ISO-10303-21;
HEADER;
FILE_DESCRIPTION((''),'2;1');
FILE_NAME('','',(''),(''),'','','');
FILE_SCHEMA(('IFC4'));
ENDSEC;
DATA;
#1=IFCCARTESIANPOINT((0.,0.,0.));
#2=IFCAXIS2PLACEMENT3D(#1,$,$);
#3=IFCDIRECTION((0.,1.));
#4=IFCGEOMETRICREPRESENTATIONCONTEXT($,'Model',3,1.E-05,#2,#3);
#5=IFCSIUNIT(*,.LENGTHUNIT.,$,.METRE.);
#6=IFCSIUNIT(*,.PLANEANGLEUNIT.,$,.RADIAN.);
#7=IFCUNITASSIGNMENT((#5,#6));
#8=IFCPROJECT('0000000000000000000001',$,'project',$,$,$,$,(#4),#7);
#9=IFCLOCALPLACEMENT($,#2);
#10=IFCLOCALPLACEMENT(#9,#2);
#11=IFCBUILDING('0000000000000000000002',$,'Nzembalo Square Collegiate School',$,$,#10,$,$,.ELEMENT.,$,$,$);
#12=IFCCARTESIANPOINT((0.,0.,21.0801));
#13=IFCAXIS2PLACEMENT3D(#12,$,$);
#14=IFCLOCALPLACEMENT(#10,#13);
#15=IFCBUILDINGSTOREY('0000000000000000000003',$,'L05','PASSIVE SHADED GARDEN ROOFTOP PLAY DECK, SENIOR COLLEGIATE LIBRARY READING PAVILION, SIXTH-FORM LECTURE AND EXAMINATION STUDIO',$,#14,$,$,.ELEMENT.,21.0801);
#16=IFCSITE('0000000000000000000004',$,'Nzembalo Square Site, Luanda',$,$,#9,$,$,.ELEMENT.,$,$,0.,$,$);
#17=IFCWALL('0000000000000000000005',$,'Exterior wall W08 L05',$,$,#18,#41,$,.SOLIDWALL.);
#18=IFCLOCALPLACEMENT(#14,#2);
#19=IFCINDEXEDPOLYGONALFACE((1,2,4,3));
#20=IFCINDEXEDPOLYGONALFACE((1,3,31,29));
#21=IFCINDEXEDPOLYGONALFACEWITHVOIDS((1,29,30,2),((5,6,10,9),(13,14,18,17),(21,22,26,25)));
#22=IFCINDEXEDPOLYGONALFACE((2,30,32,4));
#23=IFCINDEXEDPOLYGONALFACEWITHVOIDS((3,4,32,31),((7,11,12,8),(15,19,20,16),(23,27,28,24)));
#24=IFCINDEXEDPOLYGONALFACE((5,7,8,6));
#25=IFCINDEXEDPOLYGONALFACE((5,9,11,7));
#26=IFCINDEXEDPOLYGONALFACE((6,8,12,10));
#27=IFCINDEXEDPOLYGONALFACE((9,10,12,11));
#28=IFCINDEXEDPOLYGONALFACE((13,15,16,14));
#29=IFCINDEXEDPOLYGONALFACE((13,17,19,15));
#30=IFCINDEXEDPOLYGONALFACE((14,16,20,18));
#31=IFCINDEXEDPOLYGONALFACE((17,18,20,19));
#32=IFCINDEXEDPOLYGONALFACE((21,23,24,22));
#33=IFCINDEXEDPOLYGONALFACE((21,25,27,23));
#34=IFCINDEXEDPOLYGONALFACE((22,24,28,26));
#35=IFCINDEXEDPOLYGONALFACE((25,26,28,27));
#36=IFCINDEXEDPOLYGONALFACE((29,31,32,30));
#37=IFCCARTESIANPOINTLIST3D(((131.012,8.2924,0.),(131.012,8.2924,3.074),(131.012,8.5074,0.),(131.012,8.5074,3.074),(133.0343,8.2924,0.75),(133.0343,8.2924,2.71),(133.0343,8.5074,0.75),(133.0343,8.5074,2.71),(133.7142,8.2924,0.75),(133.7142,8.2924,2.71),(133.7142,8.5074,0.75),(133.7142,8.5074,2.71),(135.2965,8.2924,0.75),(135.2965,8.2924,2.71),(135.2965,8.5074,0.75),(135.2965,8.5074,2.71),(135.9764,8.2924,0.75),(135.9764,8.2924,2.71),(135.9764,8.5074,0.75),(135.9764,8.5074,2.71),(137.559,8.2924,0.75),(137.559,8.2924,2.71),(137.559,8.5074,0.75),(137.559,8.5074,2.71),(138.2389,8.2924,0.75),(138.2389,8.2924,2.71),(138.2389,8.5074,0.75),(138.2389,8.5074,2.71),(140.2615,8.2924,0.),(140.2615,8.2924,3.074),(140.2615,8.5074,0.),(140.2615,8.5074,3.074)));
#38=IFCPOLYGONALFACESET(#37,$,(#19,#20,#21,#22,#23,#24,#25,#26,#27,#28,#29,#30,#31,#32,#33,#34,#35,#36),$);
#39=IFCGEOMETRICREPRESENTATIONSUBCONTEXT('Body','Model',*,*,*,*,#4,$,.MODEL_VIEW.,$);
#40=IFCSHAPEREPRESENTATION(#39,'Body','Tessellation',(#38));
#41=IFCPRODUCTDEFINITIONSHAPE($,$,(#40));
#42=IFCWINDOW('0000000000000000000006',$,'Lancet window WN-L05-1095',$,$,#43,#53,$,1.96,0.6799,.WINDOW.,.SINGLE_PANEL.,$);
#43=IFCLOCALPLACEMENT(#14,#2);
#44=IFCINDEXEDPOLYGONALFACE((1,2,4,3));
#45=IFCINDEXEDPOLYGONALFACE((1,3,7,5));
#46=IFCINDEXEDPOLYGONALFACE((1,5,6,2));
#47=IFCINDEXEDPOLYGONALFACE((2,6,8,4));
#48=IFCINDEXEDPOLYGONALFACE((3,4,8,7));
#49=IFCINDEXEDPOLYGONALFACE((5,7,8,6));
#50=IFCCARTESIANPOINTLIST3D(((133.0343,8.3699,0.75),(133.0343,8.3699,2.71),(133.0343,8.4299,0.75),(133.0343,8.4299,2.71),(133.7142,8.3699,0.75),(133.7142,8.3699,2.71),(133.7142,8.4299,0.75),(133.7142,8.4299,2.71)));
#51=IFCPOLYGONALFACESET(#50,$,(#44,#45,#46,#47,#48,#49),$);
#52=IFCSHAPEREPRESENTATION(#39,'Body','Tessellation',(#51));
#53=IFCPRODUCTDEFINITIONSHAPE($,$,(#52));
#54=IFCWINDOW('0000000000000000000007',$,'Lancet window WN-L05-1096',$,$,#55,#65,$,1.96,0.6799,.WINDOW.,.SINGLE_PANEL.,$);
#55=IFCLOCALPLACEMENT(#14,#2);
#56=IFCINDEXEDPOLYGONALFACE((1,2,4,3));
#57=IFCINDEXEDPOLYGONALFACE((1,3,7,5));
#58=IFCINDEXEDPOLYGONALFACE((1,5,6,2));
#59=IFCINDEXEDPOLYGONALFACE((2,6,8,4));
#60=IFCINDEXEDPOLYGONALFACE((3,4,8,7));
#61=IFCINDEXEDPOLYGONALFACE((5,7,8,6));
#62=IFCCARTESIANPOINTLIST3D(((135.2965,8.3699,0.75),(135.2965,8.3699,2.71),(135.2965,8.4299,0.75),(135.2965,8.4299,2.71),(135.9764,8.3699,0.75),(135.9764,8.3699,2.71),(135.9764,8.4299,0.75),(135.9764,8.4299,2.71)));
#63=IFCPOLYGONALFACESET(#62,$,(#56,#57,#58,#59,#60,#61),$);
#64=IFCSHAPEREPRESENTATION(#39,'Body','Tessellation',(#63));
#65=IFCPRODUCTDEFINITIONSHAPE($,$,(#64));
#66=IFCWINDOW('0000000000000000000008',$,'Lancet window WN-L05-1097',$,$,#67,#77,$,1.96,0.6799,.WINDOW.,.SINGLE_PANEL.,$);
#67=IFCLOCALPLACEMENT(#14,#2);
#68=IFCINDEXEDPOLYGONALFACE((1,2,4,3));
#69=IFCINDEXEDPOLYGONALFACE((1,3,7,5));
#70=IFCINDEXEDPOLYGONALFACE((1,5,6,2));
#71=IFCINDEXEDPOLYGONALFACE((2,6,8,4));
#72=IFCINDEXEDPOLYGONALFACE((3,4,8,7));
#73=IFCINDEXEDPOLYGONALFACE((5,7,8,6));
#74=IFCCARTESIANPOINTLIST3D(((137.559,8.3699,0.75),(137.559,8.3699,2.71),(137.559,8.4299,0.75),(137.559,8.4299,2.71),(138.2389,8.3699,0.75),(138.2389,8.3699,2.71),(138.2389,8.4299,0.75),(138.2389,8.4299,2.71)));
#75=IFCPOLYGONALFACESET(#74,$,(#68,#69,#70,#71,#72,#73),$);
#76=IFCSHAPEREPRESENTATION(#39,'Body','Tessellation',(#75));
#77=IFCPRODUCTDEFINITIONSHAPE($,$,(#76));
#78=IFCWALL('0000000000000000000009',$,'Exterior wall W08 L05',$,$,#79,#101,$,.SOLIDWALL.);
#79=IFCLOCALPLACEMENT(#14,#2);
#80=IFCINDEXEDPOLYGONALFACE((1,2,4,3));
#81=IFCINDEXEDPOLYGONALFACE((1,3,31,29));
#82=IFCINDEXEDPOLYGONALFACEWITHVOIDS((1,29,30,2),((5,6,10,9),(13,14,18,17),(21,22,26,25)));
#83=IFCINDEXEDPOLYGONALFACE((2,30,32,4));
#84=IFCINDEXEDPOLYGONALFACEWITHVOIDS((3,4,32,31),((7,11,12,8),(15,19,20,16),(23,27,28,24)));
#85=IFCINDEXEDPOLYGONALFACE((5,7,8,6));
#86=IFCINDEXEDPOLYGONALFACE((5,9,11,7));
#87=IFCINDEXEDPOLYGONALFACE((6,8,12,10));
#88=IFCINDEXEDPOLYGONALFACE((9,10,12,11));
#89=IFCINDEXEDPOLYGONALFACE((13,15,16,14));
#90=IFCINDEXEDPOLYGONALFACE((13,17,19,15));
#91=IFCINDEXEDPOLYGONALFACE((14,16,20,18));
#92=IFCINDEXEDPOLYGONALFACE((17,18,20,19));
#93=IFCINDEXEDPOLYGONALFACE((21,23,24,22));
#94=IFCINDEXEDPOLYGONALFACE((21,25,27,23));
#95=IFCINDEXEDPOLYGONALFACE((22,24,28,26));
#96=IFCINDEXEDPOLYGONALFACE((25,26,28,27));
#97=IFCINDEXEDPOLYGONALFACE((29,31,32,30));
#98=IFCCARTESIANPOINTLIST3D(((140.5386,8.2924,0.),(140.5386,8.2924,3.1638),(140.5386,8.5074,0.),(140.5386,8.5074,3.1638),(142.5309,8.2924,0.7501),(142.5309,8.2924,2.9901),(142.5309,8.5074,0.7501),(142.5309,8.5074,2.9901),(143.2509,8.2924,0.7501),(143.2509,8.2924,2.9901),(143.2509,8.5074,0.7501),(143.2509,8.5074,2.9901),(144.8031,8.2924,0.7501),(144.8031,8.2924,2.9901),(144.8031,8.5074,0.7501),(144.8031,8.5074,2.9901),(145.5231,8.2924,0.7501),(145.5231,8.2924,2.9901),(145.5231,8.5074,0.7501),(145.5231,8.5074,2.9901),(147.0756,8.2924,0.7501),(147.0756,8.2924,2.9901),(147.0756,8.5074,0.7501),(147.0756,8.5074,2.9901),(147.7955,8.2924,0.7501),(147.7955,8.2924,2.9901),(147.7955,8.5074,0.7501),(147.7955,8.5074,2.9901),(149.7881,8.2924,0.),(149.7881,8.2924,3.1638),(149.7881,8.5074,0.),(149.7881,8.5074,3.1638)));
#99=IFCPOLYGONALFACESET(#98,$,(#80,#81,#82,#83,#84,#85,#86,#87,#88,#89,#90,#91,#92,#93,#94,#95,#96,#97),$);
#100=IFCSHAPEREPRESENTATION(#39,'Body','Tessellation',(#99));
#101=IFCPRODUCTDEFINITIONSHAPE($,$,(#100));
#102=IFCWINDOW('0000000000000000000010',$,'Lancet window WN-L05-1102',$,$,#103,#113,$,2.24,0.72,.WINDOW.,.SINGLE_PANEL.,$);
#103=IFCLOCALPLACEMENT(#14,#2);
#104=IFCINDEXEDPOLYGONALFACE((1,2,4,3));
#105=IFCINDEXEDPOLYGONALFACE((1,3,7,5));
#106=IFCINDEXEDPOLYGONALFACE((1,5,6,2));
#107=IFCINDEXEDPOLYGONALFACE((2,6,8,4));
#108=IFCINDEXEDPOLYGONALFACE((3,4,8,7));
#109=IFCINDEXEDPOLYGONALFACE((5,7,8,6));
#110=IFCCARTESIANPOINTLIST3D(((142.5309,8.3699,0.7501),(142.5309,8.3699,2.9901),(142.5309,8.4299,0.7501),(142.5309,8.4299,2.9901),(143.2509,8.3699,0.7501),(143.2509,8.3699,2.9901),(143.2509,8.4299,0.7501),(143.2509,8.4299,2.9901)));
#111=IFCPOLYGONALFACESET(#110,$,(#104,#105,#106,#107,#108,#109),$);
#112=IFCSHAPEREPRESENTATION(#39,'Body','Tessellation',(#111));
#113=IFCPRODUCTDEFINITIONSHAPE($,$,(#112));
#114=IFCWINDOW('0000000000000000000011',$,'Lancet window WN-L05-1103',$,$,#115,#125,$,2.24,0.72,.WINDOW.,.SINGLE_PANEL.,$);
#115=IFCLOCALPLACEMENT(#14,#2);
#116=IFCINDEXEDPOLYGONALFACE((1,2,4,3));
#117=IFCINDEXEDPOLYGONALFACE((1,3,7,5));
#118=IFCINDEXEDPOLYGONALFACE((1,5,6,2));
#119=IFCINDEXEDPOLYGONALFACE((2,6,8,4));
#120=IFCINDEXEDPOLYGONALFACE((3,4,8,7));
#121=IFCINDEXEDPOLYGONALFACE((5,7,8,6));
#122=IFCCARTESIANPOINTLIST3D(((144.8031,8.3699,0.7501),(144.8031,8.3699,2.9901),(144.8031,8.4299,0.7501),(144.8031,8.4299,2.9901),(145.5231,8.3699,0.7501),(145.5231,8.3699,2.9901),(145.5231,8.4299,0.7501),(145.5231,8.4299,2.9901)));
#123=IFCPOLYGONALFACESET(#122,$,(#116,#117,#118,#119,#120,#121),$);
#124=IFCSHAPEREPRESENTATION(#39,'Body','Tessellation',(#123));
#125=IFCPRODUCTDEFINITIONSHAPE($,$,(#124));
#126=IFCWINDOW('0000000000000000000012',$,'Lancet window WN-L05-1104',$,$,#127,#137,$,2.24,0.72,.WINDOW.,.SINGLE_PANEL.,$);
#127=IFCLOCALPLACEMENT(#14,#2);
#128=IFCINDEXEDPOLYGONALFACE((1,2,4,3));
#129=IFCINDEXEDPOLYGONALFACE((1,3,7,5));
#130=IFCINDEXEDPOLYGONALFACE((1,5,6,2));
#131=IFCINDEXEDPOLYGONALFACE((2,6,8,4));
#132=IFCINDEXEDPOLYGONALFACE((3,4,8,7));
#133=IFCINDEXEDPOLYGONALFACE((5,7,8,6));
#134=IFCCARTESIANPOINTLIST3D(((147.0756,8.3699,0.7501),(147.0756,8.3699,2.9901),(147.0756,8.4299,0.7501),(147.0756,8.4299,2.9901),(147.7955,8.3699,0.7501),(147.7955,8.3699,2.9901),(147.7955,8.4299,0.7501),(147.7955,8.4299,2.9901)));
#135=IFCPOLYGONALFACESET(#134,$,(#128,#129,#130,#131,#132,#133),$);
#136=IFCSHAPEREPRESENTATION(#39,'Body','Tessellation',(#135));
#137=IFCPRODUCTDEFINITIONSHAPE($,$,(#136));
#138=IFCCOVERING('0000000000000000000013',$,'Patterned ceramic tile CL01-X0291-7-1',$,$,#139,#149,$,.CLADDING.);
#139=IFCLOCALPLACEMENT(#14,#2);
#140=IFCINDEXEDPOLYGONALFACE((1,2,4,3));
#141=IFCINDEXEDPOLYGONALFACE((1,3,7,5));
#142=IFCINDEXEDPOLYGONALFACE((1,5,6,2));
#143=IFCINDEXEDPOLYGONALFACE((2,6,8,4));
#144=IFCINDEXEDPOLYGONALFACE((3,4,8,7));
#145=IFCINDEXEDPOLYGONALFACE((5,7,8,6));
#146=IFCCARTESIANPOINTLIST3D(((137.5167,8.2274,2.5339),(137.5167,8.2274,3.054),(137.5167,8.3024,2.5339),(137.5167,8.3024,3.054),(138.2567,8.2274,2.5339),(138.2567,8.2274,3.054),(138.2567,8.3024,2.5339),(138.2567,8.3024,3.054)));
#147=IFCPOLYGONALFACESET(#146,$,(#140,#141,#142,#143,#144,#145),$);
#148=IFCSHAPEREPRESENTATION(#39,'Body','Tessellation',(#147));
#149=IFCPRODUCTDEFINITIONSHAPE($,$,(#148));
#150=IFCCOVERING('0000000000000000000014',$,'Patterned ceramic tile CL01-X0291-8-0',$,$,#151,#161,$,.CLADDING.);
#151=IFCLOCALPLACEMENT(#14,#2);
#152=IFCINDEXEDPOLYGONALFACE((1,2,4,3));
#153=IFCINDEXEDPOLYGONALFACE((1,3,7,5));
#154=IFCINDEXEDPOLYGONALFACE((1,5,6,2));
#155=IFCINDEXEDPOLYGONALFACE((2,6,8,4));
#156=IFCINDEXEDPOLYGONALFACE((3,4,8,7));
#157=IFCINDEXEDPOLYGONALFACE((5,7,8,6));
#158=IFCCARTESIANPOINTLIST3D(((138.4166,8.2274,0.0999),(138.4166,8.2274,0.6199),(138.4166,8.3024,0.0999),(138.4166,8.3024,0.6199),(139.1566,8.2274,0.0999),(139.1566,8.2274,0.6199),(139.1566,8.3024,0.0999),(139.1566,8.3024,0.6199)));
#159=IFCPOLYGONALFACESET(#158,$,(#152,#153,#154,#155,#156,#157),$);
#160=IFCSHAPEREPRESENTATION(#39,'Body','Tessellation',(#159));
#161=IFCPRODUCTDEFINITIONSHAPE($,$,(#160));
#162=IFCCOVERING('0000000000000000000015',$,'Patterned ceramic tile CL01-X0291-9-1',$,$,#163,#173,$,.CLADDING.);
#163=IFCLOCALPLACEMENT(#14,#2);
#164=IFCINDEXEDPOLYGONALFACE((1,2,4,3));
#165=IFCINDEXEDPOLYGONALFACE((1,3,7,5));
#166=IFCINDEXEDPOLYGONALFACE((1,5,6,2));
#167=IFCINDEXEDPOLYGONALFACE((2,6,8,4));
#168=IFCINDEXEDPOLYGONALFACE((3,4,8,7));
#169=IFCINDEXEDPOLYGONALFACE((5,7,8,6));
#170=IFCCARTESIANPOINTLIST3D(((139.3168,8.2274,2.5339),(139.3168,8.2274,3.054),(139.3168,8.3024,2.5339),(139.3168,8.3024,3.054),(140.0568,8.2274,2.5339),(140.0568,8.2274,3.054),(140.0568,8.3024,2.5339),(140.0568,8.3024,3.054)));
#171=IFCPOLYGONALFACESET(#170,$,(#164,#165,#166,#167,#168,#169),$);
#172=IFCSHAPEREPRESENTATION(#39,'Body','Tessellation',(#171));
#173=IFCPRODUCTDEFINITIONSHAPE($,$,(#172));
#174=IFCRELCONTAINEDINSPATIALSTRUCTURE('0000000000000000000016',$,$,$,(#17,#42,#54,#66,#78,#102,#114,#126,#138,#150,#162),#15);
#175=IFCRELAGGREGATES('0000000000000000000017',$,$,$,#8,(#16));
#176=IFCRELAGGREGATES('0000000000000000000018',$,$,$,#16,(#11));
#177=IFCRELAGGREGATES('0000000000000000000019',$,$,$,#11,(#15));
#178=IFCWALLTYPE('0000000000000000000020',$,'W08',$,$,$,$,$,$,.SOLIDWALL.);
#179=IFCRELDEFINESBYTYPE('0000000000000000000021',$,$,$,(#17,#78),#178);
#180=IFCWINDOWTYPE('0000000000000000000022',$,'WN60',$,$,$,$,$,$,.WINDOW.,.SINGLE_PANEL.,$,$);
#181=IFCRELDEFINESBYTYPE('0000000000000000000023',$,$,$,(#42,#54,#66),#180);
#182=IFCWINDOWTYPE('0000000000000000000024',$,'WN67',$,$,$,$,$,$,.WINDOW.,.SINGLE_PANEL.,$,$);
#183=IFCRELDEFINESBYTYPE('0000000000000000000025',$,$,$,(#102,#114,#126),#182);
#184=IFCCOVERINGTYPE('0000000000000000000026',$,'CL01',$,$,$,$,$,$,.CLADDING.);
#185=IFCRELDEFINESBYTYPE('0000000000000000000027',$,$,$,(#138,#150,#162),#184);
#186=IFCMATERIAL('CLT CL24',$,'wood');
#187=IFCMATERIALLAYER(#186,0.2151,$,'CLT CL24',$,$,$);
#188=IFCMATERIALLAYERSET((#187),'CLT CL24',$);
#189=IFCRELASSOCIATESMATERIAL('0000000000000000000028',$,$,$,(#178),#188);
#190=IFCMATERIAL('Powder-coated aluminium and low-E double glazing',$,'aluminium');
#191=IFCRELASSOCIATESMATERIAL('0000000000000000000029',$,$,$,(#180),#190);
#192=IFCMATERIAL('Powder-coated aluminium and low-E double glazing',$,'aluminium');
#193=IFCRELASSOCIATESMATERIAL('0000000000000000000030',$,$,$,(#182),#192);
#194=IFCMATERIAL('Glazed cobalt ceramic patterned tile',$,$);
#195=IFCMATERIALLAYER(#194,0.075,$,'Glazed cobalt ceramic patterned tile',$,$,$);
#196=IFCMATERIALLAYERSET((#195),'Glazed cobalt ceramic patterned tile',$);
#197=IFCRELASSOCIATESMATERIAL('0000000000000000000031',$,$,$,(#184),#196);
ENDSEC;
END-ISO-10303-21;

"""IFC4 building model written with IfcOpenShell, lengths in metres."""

from ifc_helpers import new_model, si_unit, direction, frame, frame_2d, origin, origin_2d, place, context, subcontext, project, spatial, rectangle, extrude, material, layer, layer_set, type_object, element, fill, save


model = new_model("IFC4")

# Units and contexts
model_context = context("Model", 3, precision=1e-05, world=origin(), true_north=direction((0.0, 1.0)))
body_context = subcontext(model_context, "Body", "Model", "MODEL_VIEW")
ifc_project = project(units=[si_unit("LENGTHUNIT", "METRE"), si_unit("PLANEANGLEUNIT", "RADIAN")], contexts=[model_context])

# Site, building, storey
site_placement = place(None, origin())
site = spatial("IfcSite", under=ifc_project, at=site_placement, Name="Nzembalo Square Site, Luanda", CompositionType="ELEMENT", RefElevation=0.0)
building_placement = place(site_placement, origin())
building = spatial("IfcBuilding", under=site, at=building_placement, Name="Nzembalo Square Collegiate School", CompositionType="ELEMENT")
storey_placement = place(building_placement, frame((0.0, 0.0, 21.0801)))
storey = spatial("IfcBuildingStorey", under=building, at=storey_placement, Name="L05", Description="PASSIVE SHADED GARDEN ROOFTOP PLAY DECK, SENIOR COLLEGIATE LIBRARY READING PAVILION, SIXTH-FORM LECTURE AND EXAMINATION STUDIO", CompositionType="ELEMENT", Elevation=21.0801)

# Walls, openings, windows
ifc_material_1 = material(Name="CLT CL24", Category="wood")
ifc_layer_1 = layer(ifc_material_1, 0.2151, Name="CLT CL24")
ifc_layer_set_1 = layer_set([ifc_layer_1], Name="CLT CL24")
wall_type = type_object("IfcWallType", Name="W08", PredefinedType="SOLIDWALL", material=ifc_layer_set_1)
wall_1_placement = place(storey_placement, frame((131.012, 8.3999, 0.0), z_axis=(0.0, 0.0, 1.0), x_axis=(1.0, 0.0, 0.0)))
wall_1 = element("IfcWall", 1, at=wall_1_placement, inside=storey, type_object=wall_type, Name="Exterior wall W08 L05", PredefinedType="SOLIDWALL", context=body_context, shape_type="SweptSolid", body=[
    extrude(rectangle(XDim=9.2495, YDim=0.2151, at=frame_2d((4.6248, 0.0))), origin(), (0.0, 0.0, 1.0), 3.074),
])
opening_1_placement = place(wall_1_placement, frame((2.0225, 0.0, 0.75)))
opening_1 = element("IfcOpeningElement", 2, at=opening_1_placement, cuts=wall_1, PredefinedType="OPENING", context=body_context, shape_type="SweptSolid", body=[
    extrude(rectangle(XDim=0.6799, YDim=1.96, at=frame_2d((0.3398, 0.98))), frame((0.0, 0.1177, 0.0), z_axis=(0.0, -1.0, 0.0), x_axis=(1.0, 0.0, 0.0)), (0.0, 0.0, 1.0), 0.2351),
])
opening_2_placement = place(wall_1_placement, frame((4.2847, 0.0, 0.75)))
opening_2 = element("IfcOpeningElement", 3, at=opening_2_placement, cuts=wall_1, PredefinedType="OPENING", context=body_context, shape_type="SweptSolid", body=[
    extrude(rectangle(XDim=0.6799, YDim=1.96, at=frame_2d((0.3398, 0.98))), frame((0.0, 0.1177, 0.0), z_axis=(0.0, -1.0, 0.0), x_axis=(1.0, 0.0, 0.0)), (0.0, 0.0, 1.0), 0.2351),
])
opening_3_placement = place(wall_1_placement, frame((6.5471, 0.0, 0.75)))
opening_3 = element("IfcOpeningElement", 4, at=opening_3_placement, cuts=wall_1, PredefinedType="OPENING", context=body_context, shape_type="SweptSolid", body=[
    extrude(rectangle(XDim=0.6799, YDim=1.96, at=frame_2d((0.3398, 0.98))), frame((0.0, 0.1177, 0.0), z_axis=(0.0, -1.0, 0.0), x_axis=(1.0, 0.0, 0.0)), (0.0, 0.0, 1.0), 0.2351),
])
ifc_material_2 = material(Name="Powder-coated aluminium and low-E double glazing", Category="aluminium")
window_type_1 = type_object("IfcWindowType", Name="WN60", PartitioningType="SINGLE_PANEL", PredefinedType="WINDOW", material=ifc_material_2)
window_1_placement = place(opening_1_placement, origin())
window_1 = element("IfcWindow", 5, at=window_1_placement, inside=storey, type_object=window_type_1, Name="Lancet window WN-L05-1095", OverallHeight=1.96, OverallWidth=0.6799, PartitioningType="SINGLE_PANEL", PredefinedType="WINDOW", context=body_context, shape_type="SweptSolid", body=[
    extrude(rectangle(XDim=0.6799, YDim=1.96, at=frame_2d((0.3398, 0.98))), frame((0.0, 0.03, 0.0), z_axis=(0.0, -1.0, 0.0), x_axis=(1.0, 0.0, 0.0)), (0.0, 0.0, 1.0), 0.0601),
])
fill(opening_1, window_1)
window_2_placement = place(opening_2_placement, origin())
window_2 = element("IfcWindow", 6, at=window_2_placement, inside=storey, type_object=window_type_1, Name="Lancet window WN-L05-1096", OverallHeight=1.96, OverallWidth=0.6799, PartitioningType="SINGLE_PANEL", PredefinedType="WINDOW", context=body_context, shape_type="SweptSolid", body=[
    extrude(rectangle(XDim=0.6799, YDim=1.96, at=frame_2d((0.3398, 0.98))), frame((0.0, 0.03, 0.0), z_axis=(0.0, -1.0, 0.0), x_axis=(1.0, 0.0, 0.0)), (0.0, 0.0, 1.0), 0.0601),
])
fill(opening_2, window_2)
window_3_placement = place(opening_3_placement, origin())
window_3 = element("IfcWindow", 7, at=window_3_placement, inside=storey, type_object=window_type_1, Name="Lancet window WN-L05-1097", OverallHeight=1.96, OverallWidth=0.6799, PartitioningType="SINGLE_PANEL", PredefinedType="WINDOW", context=body_context, shape_type="SweptSolid", body=[
    extrude(rectangle(XDim=0.6799, YDim=1.96, at=frame_2d((0.3398, 0.98))), frame((0.0, 0.03, 0.0), z_axis=(0.0, -1.0, 0.0), x_axis=(1.0, 0.0, 0.0)), (0.0, 0.0, 1.0), 0.0601),
])
fill(opening_3, window_3)
wall_2_placement = place(storey_placement, frame((140.5386, 8.3999, 0.0), z_axis=(0.0, 0.0, 1.0), x_axis=(1.0, 0.0, 0.0)))
wall_2 = element("IfcWall", 8, at=wall_2_placement, inside=storey, type_object=wall_type, Name="Exterior wall W08 L05", PredefinedType="SOLIDWALL", context=body_context, shape_type="SweptSolid", body=[
    extrude(rectangle(XDim=9.2495, YDim=0.2151, at=frame_2d((4.6248, 0.0))), origin(), (0.0, 0.0, 1.0), 3.1638),
])
opening_4_placement = place(wall_2_placement, frame((1.9924, 0.0, 0.75)))
opening_4 = element("IfcOpeningElement", 9, at=opening_4_placement, cuts=wall_2, PredefinedType="OPENING", context=body_context, shape_type="SweptSolid", body=[
    extrude(rectangle(XDim=0.72, YDim=2.24, at=frame_2d((0.3599, 1.1201))), frame((0.0, 0.1177, 0.0), z_axis=(0.0, -1.0, 0.0), x_axis=(1.0, 0.0, 0.0)), (0.0, 0.0, 1.0), 0.2351),
])
opening_5_placement = place(wall_2_placement, frame((4.2646, 0.0, 0.75)))
opening_5 = element("IfcOpeningElement", 10, at=opening_5_placement, cuts=wall_2, PredefinedType="OPENING", context=body_context, shape_type="SweptSolid", body=[
    extrude(rectangle(XDim=0.72, YDim=2.24, at=frame_2d((0.3599, 1.1201))), frame((0.0, 0.1177, 0.0), z_axis=(0.0, -1.0, 0.0), x_axis=(1.0, 0.0, 0.0)), (0.0, 0.0, 1.0), 0.2351),
])
opening_6_placement = place(wall_2_placement, frame((6.5371, 0.0, 0.75)))
opening_6 = element("IfcOpeningElement", 11, at=opening_6_placement, cuts=wall_2, PredefinedType="OPENING", context=body_context, shape_type="SweptSolid", body=[
    extrude(rectangle(XDim=0.72, YDim=2.24, at=frame_2d((0.3599, 1.1201))), frame((0.0, 0.1177, 0.0), z_axis=(0.0, -1.0, 0.0), x_axis=(1.0, 0.0, 0.0)), (0.0, 0.0, 1.0), 0.2351),
])
ifc_material_3 = material(Name="Powder-coated aluminium and low-E double glazing", Category="aluminium")
window_type_2 = type_object("IfcWindowType", Name="WN67", PartitioningType="SINGLE_PANEL", PredefinedType="WINDOW", material=ifc_material_3)
window_4_placement = place(opening_4_placement, origin())
window_4 = element("IfcWindow", 12, at=window_4_placement, inside=storey, type_object=window_type_2, Name="Lancet window WN-L05-1102", OverallHeight=2.24, OverallWidth=0.72, PartitioningType="SINGLE_PANEL", PredefinedType="WINDOW", context=body_context, shape_type="SweptSolid", body=[
    extrude(rectangle(XDim=0.72, YDim=2.24, at=frame_2d((0.3599, 1.1201))), frame((0.0, 0.03, 0.0), z_axis=(0.0, -1.0, 0.0), x_axis=(1.0, 0.0, 0.0)), (0.0, 0.0, 1.0), 0.0601),
])
fill(opening_4, window_4)
window_5_placement = place(opening_5_placement, origin())
window_5 = element("IfcWindow", 13, at=window_5_placement, inside=storey, type_object=window_type_2, Name="Lancet window WN-L05-1103", OverallHeight=2.24, OverallWidth=0.72, PartitioningType="SINGLE_PANEL", PredefinedType="WINDOW", context=body_context, shape_type="SweptSolid", body=[
    extrude(rectangle(XDim=0.72, YDim=2.24, at=frame_2d((0.3599, 1.1201))), frame((0.0, 0.03, 0.0), z_axis=(0.0, -1.0, 0.0), x_axis=(1.0, 0.0, 0.0)), (0.0, 0.0, 1.0), 0.0601),
])
fill(opening_5, window_5)
window_6_placement = place(opening_6_placement, origin())
window_6 = element("IfcWindow", 14, at=window_6_placement, inside=storey, type_object=window_type_2, Name="Lancet window WN-L05-1104", OverallHeight=2.24, OverallWidth=0.72, PartitioningType="SINGLE_PANEL", PredefinedType="WINDOW", context=body_context, shape_type="SweptSolid", body=[
    extrude(rectangle(XDim=0.72, YDim=2.24, at=frame_2d((0.3599, 1.1201))), frame((0.0, 0.03, 0.0), z_axis=(0.0, -1.0, 0.0), x_axis=(1.0, 0.0, 0.0)), (0.0, 0.0, 1.0), 0.0601),
])
fill(opening_6, window_6)

# Coverings
ifc_material_4 = material(Name="Glazed cobalt ceramic patterned tile")
ifc_layer_2 = layer(ifc_material_4, 0.075, Name="Glazed cobalt ceramic patterned tile")
ifc_layer_set_2 = layer_set([ifc_layer_2], Name="Glazed cobalt ceramic patterned tile")
covering_type = type_object("IfcCoveringType", Name="CL01", PredefinedType="CLADDING", material=ifc_layer_set_2)
for number, where, z_axis, x_axis, name in (
    (15, (137.8867, 8.2649, 2.5339), (0.0, 0.0, 1.0), (1.0, 0.0, 0.0), "Patterned ceramic tile CL01-X0291-7-1"),
    (16, (138.7866, 8.2649, 0.0999), (0.0, 0.0, 1.0), (1.0, 0.0, 0.0), "Patterned ceramic tile CL01-X0291-8-0"),
    (17, (139.6868, 8.2649, 2.5339), (0.0, 0.0, 1.0), (1.0, 0.0, 0.0), "Patterned ceramic tile CL01-X0291-9-1"),
):
    element("IfcCovering", number, at=place(storey_placement, frame(where, z_axis=z_axis, x_axis=x_axis)), inside=storey, type_object=covering_type, Name=name, PredefinedType="CLADDING", context=body_context, shape_type="SweptSolid", body=[
        extrude(rectangle(XDim=0.74, YDim=0.075, at=origin_2d()), origin(), (0.0, 0.0, 1.0), 0.52),
    ])

save(model, "model.ifc")
